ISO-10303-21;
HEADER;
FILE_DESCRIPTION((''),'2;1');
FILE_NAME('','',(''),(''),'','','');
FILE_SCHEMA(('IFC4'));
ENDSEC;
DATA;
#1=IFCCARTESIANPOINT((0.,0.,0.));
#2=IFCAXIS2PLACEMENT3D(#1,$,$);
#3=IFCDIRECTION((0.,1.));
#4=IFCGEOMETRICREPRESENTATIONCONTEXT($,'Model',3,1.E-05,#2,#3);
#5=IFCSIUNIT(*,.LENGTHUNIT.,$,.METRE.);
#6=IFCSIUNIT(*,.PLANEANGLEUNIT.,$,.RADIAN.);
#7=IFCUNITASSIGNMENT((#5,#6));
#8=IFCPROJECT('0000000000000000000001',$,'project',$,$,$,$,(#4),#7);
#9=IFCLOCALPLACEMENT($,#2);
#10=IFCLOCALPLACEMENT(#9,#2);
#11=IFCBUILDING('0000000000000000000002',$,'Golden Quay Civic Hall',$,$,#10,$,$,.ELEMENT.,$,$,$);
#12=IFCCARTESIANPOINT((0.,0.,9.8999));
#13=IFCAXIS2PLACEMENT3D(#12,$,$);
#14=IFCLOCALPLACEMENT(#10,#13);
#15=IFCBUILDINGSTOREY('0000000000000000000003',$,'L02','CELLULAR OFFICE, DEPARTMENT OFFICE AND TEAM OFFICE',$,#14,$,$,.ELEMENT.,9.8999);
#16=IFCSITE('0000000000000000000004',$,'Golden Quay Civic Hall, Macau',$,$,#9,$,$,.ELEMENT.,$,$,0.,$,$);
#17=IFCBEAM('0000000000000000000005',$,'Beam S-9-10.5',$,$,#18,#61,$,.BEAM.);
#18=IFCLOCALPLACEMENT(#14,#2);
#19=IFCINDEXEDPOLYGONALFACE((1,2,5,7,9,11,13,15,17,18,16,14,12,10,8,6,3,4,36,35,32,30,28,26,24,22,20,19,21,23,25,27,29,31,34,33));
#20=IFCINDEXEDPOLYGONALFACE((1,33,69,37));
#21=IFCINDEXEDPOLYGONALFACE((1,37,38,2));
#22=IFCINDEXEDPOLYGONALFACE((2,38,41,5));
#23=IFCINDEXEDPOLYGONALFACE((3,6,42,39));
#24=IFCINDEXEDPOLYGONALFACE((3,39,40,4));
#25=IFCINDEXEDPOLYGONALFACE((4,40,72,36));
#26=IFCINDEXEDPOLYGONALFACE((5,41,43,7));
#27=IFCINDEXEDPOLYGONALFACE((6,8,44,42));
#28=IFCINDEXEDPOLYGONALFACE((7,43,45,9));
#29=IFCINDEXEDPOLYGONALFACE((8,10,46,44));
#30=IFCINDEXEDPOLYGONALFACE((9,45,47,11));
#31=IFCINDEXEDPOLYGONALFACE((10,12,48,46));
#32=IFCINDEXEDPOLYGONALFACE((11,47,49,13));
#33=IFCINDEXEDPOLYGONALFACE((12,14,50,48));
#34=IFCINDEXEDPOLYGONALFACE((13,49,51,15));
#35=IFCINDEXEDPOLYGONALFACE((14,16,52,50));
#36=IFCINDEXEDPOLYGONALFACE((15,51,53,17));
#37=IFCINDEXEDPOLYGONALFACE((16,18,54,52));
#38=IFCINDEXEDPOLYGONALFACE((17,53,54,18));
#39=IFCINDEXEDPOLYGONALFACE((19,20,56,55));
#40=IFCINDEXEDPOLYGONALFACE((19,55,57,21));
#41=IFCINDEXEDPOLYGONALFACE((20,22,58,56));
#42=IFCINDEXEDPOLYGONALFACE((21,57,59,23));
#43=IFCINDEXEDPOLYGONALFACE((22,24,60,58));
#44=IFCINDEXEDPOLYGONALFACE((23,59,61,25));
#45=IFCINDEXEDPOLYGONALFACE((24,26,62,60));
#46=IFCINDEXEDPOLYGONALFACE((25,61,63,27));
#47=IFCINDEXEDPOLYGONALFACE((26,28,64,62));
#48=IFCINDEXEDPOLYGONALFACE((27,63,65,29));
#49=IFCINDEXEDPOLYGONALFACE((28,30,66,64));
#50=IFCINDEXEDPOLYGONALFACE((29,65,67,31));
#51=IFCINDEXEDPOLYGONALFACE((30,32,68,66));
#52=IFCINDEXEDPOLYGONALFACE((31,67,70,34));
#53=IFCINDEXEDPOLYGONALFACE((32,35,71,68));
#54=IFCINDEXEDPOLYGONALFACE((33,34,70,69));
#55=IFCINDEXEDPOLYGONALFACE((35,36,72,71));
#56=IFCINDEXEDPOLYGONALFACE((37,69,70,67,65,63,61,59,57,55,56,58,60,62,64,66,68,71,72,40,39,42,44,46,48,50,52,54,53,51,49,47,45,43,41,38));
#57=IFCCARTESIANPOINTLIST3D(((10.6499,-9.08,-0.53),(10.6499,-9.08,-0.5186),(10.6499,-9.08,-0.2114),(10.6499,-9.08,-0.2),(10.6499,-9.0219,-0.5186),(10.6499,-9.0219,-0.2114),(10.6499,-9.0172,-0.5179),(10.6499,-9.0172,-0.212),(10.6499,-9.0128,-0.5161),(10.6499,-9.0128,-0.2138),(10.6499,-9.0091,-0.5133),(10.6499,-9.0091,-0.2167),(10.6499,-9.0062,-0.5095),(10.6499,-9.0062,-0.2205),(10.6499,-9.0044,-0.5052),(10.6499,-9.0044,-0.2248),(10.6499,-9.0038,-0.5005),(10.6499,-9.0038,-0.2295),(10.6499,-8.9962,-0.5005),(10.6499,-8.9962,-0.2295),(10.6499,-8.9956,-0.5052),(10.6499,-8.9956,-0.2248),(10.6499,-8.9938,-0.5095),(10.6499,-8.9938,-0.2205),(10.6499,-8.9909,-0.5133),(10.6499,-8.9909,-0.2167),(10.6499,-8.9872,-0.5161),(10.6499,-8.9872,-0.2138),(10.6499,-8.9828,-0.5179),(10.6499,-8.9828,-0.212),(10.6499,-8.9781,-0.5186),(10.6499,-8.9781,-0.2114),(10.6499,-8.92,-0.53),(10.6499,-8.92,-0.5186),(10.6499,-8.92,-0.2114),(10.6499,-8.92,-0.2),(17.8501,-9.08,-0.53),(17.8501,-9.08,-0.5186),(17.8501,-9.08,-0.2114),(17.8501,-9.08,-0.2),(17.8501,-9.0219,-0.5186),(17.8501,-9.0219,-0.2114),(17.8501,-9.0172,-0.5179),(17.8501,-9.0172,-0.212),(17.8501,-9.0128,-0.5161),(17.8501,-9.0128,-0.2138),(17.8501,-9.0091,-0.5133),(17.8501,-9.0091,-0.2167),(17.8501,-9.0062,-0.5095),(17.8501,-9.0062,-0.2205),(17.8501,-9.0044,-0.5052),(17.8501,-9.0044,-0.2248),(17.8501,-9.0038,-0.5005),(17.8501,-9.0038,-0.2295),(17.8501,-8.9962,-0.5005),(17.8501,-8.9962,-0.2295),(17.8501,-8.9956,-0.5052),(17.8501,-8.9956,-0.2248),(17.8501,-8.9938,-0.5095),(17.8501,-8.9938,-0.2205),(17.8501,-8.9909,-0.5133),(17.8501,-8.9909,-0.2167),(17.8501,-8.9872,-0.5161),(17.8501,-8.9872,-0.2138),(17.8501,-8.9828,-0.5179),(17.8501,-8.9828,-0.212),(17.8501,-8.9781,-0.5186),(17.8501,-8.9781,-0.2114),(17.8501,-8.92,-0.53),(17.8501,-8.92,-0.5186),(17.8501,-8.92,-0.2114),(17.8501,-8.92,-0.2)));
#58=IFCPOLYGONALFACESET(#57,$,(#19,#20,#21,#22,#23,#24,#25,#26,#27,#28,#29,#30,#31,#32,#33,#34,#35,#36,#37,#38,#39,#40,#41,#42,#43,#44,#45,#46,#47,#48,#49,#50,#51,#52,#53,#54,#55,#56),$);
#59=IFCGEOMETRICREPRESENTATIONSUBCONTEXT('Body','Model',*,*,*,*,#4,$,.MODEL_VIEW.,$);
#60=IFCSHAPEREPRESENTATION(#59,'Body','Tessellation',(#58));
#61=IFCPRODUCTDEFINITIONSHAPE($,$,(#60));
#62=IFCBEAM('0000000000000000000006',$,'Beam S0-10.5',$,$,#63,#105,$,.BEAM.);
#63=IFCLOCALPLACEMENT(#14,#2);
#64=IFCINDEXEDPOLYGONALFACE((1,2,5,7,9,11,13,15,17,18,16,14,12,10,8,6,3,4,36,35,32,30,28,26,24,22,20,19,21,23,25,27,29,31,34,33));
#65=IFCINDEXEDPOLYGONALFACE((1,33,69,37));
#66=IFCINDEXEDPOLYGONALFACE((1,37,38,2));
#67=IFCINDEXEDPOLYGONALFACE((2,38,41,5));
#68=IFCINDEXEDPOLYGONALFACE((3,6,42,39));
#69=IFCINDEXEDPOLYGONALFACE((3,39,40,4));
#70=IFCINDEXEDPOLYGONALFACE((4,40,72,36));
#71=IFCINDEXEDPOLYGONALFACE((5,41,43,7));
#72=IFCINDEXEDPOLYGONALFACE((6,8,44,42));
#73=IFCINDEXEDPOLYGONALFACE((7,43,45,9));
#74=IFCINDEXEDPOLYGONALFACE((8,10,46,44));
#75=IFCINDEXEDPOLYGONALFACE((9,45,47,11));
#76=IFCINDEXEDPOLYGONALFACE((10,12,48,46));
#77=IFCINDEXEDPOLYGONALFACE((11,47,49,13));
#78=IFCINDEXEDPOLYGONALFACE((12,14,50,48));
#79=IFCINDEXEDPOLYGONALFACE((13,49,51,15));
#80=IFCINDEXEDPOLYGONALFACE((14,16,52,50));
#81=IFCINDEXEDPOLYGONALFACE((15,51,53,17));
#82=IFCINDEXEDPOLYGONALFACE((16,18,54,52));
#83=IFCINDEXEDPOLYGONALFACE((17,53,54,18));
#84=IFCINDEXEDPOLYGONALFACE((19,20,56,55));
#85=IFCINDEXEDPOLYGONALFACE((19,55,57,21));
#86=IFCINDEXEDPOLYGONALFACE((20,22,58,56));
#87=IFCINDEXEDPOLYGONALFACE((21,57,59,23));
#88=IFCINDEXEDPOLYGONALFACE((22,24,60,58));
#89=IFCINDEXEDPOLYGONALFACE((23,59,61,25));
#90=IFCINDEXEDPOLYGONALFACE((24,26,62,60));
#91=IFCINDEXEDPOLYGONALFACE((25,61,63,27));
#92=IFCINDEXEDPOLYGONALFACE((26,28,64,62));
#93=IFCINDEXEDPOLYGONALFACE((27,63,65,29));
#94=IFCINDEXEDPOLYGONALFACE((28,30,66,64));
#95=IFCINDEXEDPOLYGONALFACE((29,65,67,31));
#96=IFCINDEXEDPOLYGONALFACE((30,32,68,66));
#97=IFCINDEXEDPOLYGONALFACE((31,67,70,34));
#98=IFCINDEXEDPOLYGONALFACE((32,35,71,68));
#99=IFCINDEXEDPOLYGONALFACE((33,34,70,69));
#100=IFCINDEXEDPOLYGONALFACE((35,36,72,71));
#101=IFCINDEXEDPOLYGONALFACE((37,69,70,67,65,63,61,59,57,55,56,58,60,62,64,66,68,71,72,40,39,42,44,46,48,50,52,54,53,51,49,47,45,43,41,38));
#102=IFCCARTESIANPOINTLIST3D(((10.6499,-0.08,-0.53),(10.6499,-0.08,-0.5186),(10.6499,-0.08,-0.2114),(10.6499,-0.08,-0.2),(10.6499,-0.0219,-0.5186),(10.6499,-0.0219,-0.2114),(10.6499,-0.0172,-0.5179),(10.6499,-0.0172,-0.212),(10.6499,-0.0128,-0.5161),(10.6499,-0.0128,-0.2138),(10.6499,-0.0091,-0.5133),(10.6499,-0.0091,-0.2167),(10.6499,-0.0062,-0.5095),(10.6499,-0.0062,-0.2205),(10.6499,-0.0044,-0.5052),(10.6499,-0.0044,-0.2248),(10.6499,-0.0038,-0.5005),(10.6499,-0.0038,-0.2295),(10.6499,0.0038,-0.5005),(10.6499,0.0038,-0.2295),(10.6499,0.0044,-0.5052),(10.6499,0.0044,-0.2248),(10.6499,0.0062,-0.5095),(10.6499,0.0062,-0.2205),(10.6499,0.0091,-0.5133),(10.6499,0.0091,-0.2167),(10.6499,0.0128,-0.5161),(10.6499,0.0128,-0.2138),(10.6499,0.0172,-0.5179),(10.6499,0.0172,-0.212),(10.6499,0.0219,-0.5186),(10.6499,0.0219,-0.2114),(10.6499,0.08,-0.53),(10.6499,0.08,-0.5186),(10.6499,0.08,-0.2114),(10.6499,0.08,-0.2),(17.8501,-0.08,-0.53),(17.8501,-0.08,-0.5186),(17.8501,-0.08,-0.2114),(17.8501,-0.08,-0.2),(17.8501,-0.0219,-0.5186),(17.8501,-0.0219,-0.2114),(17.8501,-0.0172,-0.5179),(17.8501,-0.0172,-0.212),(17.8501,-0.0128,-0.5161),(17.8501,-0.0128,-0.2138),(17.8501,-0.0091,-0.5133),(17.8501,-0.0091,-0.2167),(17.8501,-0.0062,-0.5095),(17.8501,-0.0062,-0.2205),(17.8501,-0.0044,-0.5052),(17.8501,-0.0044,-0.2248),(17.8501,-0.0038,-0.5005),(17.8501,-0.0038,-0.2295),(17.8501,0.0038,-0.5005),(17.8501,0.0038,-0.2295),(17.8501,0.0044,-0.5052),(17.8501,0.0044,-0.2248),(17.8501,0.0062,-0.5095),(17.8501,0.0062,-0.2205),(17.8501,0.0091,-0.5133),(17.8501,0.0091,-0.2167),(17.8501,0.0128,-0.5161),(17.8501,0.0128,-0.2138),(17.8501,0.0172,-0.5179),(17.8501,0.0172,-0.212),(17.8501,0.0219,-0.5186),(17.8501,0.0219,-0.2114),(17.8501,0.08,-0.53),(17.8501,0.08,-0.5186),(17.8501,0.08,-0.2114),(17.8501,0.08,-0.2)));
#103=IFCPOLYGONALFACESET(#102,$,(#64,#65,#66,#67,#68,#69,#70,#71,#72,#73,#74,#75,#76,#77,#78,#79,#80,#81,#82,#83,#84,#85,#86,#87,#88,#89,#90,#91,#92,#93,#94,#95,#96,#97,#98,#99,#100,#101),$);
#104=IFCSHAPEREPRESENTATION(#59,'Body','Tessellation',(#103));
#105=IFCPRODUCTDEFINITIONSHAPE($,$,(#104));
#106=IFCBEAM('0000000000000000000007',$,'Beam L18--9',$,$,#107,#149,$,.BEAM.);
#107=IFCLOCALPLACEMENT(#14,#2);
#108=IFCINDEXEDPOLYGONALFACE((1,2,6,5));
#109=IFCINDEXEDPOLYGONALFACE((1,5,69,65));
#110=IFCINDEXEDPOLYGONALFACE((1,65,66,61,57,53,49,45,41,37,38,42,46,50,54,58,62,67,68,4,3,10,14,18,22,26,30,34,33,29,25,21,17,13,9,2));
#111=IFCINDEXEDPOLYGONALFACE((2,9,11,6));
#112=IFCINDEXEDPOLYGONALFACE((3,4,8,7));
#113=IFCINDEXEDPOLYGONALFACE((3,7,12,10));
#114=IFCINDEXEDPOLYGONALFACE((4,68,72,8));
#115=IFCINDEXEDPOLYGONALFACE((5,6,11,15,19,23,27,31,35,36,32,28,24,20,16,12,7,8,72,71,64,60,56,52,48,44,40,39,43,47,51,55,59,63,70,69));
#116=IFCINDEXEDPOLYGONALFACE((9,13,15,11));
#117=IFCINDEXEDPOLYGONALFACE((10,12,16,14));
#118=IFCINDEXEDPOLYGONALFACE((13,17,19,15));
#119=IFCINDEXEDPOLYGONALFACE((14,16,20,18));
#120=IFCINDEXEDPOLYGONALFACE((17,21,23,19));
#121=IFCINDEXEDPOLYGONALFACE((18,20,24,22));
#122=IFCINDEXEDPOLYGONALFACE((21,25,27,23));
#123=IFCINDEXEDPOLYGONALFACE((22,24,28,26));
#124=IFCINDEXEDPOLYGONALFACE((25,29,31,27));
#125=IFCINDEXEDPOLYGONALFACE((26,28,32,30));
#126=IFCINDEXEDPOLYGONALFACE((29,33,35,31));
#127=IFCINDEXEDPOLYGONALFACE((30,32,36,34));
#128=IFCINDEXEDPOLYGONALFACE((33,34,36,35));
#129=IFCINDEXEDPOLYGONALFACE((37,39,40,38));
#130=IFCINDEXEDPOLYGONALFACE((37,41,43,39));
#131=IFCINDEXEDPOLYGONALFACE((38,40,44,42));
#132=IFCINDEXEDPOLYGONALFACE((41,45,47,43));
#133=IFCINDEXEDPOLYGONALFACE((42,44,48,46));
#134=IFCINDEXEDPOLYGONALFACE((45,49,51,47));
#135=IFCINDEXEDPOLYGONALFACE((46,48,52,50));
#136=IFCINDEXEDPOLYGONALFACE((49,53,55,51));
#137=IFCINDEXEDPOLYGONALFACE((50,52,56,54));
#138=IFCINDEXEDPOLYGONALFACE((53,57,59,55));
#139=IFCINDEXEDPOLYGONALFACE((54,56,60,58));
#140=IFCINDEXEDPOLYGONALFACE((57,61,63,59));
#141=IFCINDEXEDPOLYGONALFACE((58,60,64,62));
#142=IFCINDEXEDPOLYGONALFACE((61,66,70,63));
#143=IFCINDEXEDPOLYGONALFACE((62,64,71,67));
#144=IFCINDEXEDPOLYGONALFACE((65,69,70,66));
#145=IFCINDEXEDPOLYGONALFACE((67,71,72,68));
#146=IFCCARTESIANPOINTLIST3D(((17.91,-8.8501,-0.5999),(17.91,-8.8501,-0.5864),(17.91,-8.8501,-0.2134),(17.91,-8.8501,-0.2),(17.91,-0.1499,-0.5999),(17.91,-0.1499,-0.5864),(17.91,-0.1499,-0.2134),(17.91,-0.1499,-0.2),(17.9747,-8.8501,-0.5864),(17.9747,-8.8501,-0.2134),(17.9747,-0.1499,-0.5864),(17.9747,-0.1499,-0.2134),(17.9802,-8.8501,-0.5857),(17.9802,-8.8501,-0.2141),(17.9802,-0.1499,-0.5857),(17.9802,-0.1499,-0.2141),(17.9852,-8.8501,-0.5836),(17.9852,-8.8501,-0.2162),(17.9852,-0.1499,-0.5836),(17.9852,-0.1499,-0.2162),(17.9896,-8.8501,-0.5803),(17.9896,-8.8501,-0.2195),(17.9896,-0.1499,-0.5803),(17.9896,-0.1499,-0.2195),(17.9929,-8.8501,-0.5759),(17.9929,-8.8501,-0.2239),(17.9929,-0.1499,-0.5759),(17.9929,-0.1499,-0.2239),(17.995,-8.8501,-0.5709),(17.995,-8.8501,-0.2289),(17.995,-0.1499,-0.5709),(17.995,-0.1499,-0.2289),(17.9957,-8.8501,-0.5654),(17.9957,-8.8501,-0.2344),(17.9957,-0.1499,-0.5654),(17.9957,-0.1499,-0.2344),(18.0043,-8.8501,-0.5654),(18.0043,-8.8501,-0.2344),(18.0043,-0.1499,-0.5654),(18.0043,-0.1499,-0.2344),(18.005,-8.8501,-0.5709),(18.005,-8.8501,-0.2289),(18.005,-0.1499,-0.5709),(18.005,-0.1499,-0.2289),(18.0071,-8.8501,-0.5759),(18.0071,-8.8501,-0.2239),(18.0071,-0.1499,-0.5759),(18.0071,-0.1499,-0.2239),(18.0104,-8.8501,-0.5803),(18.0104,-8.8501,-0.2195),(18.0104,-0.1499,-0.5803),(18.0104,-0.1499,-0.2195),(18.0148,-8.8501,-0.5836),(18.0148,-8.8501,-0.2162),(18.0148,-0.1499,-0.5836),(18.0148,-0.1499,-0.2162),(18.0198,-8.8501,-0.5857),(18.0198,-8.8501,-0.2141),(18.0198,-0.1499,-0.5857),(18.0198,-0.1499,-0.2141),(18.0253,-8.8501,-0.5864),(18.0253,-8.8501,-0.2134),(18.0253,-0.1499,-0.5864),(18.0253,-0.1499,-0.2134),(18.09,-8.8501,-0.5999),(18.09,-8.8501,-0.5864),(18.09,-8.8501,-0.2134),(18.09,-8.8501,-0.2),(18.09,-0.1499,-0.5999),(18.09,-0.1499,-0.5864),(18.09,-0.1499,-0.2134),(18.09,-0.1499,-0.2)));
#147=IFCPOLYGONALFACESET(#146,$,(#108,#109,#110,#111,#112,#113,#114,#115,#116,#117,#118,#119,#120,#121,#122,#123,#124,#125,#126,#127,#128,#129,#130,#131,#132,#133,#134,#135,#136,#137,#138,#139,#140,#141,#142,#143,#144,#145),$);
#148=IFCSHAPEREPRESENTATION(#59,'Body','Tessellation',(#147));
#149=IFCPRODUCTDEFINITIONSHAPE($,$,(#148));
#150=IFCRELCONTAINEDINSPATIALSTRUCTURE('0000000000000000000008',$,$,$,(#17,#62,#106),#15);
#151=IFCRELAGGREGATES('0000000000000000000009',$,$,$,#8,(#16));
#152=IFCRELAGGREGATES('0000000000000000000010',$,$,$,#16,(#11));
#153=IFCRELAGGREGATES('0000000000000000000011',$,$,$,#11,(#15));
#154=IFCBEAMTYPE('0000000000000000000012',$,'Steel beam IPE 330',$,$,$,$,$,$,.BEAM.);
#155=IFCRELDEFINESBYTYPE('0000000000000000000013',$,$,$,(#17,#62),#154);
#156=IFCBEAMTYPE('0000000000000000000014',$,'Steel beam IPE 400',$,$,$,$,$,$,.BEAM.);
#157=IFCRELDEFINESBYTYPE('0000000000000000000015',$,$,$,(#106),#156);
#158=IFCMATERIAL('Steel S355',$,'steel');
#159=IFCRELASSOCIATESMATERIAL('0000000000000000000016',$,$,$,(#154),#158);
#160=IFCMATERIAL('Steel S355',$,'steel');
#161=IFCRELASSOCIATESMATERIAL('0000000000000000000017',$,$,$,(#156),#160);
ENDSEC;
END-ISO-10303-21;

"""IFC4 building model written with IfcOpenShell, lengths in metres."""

from ifc_helpers import new_model, si_unit, direction, frame, origin, origin_2d, place, context, subcontext, project, spatial, i_section, extrude, material, material_profile, profile_set, type_object, element, save


model = new_model("IFC4")

# Units and contexts
model_context = context("Model", 3, precision=1e-05, world=origin(), true_north=direction((0.0, 1.0)))
body_context = subcontext(model_context, "Body", "Model", "MODEL_VIEW")
ifc_project = project(units=[si_unit("LENGTHUNIT", "METRE"), si_unit("PLANEANGLEUNIT", "RADIAN")], contexts=[model_context])

# Site, building, storey
site_placement = place(None, origin())
site = spatial("IfcSite", under=ifc_project, at=site_placement, Name="Golden Quay Civic Hall, Macau", CompositionType="ELEMENT", RefElevation=0.0)
building_placement = place(site_placement, origin())
building = spatial("IfcBuilding", under=site, at=building_placement, Name="Golden Quay Civic Hall", CompositionType="ELEMENT")
storey_placement = place(building_placement, frame((0.0, 0.0, 9.8999)))
storey = spatial("IfcBuildingStorey", under=building, at=storey_placement, Name="L02", Description="CELLULAR OFFICE, DEPARTMENT OFFICE AND TEAM OFFICE", CompositionType="ELEMENT", Elevation=9.8999)

# Beams
ifc_material_1 = material(Name="Steel S355", Category="steel")
ifc_material_profile_1 = material_profile(ifc_material_1, i_section(OverallWidth=0.1599, OverallDepth=0.3301, WebThickness=0.0076, FlangeThickness=0.0115, FilletRadius=0.0181, at=origin_2d()), Name="IPE 330")
ifc_profile_set_1 = profile_set([ifc_material_profile_1], Name="Steel S355")
beam_type_1 = type_object("IfcBeamType", Name="Steel beam IPE 330", PredefinedType="BEAM", material=ifc_profile_set_1)
for number, where, z_axis, x_axis, name in (
    (1, (10.6499, -9.0, -0.365), (1.0, 0.0, 0.0), (0.0, 1.0, 0.0), "Beam S-9-10.5"),
    (2, (10.6499, 0.0, -0.365), (1.0, 0.0, 0.0), (0.0, 1.0, 0.0), "Beam S0-10.5"),
):
    element("IfcBeam", number, at=place(storey_placement, frame(where, z_axis=z_axis, x_axis=x_axis)), inside=storey, type_object=beam_type_1, Name=name, PredefinedType="BEAM", context=body_context, shape_type="SweptSolid", body=[
        extrude(i_section(OverallWidth=0.1599, OverallDepth=0.3301, WebThickness=0.0076, FlangeThickness=0.0115, FilletRadius=0.0181, at=origin_2d()), origin(), (0.0, 0.0, 1.0), 7.2002),
    ])
ifc_material_2 = material(Name="Steel S355", Category="steel")
ifc_material_profile_2 = material_profile(ifc_material_2, i_section(OverallWidth=0.1799, OverallDepth=0.3999, WebThickness=0.0085, FlangeThickness=0.0134, FilletRadius=0.021, at=origin_2d()), Name="IPE 400")
ifc_profile_set_2 = profile_set([ifc_material_profile_2], Name="Steel S355")
beam_type_2 = type_object("IfcBeamType", Name="Steel beam IPE 400", PredefinedType="BEAM", material=ifc_profile_set_2)
beam_1_placement = place(storey_placement, frame((18.0, -8.8501, -0.3999), z_axis=(0.0, 1.0, 0.0), x_axis=(-1.0, 0.0, 0.0)))
element("IfcBeam", 3, at=beam_1_placement, inside=storey, type_object=beam_type_2, Name="Beam L18--9", PredefinedType="BEAM", context=body_context, shape_type="SweptSolid", body=[
    extrude(i_section(OverallWidth=0.1799, OverallDepth=0.3999, WebThickness=0.0085, FlangeThickness=0.0134, FilletRadius=0.021, at=origin_2d()), origin(), (0.0, 0.0, 1.0), 8.7002),
])

save(model, "model.ifc")
